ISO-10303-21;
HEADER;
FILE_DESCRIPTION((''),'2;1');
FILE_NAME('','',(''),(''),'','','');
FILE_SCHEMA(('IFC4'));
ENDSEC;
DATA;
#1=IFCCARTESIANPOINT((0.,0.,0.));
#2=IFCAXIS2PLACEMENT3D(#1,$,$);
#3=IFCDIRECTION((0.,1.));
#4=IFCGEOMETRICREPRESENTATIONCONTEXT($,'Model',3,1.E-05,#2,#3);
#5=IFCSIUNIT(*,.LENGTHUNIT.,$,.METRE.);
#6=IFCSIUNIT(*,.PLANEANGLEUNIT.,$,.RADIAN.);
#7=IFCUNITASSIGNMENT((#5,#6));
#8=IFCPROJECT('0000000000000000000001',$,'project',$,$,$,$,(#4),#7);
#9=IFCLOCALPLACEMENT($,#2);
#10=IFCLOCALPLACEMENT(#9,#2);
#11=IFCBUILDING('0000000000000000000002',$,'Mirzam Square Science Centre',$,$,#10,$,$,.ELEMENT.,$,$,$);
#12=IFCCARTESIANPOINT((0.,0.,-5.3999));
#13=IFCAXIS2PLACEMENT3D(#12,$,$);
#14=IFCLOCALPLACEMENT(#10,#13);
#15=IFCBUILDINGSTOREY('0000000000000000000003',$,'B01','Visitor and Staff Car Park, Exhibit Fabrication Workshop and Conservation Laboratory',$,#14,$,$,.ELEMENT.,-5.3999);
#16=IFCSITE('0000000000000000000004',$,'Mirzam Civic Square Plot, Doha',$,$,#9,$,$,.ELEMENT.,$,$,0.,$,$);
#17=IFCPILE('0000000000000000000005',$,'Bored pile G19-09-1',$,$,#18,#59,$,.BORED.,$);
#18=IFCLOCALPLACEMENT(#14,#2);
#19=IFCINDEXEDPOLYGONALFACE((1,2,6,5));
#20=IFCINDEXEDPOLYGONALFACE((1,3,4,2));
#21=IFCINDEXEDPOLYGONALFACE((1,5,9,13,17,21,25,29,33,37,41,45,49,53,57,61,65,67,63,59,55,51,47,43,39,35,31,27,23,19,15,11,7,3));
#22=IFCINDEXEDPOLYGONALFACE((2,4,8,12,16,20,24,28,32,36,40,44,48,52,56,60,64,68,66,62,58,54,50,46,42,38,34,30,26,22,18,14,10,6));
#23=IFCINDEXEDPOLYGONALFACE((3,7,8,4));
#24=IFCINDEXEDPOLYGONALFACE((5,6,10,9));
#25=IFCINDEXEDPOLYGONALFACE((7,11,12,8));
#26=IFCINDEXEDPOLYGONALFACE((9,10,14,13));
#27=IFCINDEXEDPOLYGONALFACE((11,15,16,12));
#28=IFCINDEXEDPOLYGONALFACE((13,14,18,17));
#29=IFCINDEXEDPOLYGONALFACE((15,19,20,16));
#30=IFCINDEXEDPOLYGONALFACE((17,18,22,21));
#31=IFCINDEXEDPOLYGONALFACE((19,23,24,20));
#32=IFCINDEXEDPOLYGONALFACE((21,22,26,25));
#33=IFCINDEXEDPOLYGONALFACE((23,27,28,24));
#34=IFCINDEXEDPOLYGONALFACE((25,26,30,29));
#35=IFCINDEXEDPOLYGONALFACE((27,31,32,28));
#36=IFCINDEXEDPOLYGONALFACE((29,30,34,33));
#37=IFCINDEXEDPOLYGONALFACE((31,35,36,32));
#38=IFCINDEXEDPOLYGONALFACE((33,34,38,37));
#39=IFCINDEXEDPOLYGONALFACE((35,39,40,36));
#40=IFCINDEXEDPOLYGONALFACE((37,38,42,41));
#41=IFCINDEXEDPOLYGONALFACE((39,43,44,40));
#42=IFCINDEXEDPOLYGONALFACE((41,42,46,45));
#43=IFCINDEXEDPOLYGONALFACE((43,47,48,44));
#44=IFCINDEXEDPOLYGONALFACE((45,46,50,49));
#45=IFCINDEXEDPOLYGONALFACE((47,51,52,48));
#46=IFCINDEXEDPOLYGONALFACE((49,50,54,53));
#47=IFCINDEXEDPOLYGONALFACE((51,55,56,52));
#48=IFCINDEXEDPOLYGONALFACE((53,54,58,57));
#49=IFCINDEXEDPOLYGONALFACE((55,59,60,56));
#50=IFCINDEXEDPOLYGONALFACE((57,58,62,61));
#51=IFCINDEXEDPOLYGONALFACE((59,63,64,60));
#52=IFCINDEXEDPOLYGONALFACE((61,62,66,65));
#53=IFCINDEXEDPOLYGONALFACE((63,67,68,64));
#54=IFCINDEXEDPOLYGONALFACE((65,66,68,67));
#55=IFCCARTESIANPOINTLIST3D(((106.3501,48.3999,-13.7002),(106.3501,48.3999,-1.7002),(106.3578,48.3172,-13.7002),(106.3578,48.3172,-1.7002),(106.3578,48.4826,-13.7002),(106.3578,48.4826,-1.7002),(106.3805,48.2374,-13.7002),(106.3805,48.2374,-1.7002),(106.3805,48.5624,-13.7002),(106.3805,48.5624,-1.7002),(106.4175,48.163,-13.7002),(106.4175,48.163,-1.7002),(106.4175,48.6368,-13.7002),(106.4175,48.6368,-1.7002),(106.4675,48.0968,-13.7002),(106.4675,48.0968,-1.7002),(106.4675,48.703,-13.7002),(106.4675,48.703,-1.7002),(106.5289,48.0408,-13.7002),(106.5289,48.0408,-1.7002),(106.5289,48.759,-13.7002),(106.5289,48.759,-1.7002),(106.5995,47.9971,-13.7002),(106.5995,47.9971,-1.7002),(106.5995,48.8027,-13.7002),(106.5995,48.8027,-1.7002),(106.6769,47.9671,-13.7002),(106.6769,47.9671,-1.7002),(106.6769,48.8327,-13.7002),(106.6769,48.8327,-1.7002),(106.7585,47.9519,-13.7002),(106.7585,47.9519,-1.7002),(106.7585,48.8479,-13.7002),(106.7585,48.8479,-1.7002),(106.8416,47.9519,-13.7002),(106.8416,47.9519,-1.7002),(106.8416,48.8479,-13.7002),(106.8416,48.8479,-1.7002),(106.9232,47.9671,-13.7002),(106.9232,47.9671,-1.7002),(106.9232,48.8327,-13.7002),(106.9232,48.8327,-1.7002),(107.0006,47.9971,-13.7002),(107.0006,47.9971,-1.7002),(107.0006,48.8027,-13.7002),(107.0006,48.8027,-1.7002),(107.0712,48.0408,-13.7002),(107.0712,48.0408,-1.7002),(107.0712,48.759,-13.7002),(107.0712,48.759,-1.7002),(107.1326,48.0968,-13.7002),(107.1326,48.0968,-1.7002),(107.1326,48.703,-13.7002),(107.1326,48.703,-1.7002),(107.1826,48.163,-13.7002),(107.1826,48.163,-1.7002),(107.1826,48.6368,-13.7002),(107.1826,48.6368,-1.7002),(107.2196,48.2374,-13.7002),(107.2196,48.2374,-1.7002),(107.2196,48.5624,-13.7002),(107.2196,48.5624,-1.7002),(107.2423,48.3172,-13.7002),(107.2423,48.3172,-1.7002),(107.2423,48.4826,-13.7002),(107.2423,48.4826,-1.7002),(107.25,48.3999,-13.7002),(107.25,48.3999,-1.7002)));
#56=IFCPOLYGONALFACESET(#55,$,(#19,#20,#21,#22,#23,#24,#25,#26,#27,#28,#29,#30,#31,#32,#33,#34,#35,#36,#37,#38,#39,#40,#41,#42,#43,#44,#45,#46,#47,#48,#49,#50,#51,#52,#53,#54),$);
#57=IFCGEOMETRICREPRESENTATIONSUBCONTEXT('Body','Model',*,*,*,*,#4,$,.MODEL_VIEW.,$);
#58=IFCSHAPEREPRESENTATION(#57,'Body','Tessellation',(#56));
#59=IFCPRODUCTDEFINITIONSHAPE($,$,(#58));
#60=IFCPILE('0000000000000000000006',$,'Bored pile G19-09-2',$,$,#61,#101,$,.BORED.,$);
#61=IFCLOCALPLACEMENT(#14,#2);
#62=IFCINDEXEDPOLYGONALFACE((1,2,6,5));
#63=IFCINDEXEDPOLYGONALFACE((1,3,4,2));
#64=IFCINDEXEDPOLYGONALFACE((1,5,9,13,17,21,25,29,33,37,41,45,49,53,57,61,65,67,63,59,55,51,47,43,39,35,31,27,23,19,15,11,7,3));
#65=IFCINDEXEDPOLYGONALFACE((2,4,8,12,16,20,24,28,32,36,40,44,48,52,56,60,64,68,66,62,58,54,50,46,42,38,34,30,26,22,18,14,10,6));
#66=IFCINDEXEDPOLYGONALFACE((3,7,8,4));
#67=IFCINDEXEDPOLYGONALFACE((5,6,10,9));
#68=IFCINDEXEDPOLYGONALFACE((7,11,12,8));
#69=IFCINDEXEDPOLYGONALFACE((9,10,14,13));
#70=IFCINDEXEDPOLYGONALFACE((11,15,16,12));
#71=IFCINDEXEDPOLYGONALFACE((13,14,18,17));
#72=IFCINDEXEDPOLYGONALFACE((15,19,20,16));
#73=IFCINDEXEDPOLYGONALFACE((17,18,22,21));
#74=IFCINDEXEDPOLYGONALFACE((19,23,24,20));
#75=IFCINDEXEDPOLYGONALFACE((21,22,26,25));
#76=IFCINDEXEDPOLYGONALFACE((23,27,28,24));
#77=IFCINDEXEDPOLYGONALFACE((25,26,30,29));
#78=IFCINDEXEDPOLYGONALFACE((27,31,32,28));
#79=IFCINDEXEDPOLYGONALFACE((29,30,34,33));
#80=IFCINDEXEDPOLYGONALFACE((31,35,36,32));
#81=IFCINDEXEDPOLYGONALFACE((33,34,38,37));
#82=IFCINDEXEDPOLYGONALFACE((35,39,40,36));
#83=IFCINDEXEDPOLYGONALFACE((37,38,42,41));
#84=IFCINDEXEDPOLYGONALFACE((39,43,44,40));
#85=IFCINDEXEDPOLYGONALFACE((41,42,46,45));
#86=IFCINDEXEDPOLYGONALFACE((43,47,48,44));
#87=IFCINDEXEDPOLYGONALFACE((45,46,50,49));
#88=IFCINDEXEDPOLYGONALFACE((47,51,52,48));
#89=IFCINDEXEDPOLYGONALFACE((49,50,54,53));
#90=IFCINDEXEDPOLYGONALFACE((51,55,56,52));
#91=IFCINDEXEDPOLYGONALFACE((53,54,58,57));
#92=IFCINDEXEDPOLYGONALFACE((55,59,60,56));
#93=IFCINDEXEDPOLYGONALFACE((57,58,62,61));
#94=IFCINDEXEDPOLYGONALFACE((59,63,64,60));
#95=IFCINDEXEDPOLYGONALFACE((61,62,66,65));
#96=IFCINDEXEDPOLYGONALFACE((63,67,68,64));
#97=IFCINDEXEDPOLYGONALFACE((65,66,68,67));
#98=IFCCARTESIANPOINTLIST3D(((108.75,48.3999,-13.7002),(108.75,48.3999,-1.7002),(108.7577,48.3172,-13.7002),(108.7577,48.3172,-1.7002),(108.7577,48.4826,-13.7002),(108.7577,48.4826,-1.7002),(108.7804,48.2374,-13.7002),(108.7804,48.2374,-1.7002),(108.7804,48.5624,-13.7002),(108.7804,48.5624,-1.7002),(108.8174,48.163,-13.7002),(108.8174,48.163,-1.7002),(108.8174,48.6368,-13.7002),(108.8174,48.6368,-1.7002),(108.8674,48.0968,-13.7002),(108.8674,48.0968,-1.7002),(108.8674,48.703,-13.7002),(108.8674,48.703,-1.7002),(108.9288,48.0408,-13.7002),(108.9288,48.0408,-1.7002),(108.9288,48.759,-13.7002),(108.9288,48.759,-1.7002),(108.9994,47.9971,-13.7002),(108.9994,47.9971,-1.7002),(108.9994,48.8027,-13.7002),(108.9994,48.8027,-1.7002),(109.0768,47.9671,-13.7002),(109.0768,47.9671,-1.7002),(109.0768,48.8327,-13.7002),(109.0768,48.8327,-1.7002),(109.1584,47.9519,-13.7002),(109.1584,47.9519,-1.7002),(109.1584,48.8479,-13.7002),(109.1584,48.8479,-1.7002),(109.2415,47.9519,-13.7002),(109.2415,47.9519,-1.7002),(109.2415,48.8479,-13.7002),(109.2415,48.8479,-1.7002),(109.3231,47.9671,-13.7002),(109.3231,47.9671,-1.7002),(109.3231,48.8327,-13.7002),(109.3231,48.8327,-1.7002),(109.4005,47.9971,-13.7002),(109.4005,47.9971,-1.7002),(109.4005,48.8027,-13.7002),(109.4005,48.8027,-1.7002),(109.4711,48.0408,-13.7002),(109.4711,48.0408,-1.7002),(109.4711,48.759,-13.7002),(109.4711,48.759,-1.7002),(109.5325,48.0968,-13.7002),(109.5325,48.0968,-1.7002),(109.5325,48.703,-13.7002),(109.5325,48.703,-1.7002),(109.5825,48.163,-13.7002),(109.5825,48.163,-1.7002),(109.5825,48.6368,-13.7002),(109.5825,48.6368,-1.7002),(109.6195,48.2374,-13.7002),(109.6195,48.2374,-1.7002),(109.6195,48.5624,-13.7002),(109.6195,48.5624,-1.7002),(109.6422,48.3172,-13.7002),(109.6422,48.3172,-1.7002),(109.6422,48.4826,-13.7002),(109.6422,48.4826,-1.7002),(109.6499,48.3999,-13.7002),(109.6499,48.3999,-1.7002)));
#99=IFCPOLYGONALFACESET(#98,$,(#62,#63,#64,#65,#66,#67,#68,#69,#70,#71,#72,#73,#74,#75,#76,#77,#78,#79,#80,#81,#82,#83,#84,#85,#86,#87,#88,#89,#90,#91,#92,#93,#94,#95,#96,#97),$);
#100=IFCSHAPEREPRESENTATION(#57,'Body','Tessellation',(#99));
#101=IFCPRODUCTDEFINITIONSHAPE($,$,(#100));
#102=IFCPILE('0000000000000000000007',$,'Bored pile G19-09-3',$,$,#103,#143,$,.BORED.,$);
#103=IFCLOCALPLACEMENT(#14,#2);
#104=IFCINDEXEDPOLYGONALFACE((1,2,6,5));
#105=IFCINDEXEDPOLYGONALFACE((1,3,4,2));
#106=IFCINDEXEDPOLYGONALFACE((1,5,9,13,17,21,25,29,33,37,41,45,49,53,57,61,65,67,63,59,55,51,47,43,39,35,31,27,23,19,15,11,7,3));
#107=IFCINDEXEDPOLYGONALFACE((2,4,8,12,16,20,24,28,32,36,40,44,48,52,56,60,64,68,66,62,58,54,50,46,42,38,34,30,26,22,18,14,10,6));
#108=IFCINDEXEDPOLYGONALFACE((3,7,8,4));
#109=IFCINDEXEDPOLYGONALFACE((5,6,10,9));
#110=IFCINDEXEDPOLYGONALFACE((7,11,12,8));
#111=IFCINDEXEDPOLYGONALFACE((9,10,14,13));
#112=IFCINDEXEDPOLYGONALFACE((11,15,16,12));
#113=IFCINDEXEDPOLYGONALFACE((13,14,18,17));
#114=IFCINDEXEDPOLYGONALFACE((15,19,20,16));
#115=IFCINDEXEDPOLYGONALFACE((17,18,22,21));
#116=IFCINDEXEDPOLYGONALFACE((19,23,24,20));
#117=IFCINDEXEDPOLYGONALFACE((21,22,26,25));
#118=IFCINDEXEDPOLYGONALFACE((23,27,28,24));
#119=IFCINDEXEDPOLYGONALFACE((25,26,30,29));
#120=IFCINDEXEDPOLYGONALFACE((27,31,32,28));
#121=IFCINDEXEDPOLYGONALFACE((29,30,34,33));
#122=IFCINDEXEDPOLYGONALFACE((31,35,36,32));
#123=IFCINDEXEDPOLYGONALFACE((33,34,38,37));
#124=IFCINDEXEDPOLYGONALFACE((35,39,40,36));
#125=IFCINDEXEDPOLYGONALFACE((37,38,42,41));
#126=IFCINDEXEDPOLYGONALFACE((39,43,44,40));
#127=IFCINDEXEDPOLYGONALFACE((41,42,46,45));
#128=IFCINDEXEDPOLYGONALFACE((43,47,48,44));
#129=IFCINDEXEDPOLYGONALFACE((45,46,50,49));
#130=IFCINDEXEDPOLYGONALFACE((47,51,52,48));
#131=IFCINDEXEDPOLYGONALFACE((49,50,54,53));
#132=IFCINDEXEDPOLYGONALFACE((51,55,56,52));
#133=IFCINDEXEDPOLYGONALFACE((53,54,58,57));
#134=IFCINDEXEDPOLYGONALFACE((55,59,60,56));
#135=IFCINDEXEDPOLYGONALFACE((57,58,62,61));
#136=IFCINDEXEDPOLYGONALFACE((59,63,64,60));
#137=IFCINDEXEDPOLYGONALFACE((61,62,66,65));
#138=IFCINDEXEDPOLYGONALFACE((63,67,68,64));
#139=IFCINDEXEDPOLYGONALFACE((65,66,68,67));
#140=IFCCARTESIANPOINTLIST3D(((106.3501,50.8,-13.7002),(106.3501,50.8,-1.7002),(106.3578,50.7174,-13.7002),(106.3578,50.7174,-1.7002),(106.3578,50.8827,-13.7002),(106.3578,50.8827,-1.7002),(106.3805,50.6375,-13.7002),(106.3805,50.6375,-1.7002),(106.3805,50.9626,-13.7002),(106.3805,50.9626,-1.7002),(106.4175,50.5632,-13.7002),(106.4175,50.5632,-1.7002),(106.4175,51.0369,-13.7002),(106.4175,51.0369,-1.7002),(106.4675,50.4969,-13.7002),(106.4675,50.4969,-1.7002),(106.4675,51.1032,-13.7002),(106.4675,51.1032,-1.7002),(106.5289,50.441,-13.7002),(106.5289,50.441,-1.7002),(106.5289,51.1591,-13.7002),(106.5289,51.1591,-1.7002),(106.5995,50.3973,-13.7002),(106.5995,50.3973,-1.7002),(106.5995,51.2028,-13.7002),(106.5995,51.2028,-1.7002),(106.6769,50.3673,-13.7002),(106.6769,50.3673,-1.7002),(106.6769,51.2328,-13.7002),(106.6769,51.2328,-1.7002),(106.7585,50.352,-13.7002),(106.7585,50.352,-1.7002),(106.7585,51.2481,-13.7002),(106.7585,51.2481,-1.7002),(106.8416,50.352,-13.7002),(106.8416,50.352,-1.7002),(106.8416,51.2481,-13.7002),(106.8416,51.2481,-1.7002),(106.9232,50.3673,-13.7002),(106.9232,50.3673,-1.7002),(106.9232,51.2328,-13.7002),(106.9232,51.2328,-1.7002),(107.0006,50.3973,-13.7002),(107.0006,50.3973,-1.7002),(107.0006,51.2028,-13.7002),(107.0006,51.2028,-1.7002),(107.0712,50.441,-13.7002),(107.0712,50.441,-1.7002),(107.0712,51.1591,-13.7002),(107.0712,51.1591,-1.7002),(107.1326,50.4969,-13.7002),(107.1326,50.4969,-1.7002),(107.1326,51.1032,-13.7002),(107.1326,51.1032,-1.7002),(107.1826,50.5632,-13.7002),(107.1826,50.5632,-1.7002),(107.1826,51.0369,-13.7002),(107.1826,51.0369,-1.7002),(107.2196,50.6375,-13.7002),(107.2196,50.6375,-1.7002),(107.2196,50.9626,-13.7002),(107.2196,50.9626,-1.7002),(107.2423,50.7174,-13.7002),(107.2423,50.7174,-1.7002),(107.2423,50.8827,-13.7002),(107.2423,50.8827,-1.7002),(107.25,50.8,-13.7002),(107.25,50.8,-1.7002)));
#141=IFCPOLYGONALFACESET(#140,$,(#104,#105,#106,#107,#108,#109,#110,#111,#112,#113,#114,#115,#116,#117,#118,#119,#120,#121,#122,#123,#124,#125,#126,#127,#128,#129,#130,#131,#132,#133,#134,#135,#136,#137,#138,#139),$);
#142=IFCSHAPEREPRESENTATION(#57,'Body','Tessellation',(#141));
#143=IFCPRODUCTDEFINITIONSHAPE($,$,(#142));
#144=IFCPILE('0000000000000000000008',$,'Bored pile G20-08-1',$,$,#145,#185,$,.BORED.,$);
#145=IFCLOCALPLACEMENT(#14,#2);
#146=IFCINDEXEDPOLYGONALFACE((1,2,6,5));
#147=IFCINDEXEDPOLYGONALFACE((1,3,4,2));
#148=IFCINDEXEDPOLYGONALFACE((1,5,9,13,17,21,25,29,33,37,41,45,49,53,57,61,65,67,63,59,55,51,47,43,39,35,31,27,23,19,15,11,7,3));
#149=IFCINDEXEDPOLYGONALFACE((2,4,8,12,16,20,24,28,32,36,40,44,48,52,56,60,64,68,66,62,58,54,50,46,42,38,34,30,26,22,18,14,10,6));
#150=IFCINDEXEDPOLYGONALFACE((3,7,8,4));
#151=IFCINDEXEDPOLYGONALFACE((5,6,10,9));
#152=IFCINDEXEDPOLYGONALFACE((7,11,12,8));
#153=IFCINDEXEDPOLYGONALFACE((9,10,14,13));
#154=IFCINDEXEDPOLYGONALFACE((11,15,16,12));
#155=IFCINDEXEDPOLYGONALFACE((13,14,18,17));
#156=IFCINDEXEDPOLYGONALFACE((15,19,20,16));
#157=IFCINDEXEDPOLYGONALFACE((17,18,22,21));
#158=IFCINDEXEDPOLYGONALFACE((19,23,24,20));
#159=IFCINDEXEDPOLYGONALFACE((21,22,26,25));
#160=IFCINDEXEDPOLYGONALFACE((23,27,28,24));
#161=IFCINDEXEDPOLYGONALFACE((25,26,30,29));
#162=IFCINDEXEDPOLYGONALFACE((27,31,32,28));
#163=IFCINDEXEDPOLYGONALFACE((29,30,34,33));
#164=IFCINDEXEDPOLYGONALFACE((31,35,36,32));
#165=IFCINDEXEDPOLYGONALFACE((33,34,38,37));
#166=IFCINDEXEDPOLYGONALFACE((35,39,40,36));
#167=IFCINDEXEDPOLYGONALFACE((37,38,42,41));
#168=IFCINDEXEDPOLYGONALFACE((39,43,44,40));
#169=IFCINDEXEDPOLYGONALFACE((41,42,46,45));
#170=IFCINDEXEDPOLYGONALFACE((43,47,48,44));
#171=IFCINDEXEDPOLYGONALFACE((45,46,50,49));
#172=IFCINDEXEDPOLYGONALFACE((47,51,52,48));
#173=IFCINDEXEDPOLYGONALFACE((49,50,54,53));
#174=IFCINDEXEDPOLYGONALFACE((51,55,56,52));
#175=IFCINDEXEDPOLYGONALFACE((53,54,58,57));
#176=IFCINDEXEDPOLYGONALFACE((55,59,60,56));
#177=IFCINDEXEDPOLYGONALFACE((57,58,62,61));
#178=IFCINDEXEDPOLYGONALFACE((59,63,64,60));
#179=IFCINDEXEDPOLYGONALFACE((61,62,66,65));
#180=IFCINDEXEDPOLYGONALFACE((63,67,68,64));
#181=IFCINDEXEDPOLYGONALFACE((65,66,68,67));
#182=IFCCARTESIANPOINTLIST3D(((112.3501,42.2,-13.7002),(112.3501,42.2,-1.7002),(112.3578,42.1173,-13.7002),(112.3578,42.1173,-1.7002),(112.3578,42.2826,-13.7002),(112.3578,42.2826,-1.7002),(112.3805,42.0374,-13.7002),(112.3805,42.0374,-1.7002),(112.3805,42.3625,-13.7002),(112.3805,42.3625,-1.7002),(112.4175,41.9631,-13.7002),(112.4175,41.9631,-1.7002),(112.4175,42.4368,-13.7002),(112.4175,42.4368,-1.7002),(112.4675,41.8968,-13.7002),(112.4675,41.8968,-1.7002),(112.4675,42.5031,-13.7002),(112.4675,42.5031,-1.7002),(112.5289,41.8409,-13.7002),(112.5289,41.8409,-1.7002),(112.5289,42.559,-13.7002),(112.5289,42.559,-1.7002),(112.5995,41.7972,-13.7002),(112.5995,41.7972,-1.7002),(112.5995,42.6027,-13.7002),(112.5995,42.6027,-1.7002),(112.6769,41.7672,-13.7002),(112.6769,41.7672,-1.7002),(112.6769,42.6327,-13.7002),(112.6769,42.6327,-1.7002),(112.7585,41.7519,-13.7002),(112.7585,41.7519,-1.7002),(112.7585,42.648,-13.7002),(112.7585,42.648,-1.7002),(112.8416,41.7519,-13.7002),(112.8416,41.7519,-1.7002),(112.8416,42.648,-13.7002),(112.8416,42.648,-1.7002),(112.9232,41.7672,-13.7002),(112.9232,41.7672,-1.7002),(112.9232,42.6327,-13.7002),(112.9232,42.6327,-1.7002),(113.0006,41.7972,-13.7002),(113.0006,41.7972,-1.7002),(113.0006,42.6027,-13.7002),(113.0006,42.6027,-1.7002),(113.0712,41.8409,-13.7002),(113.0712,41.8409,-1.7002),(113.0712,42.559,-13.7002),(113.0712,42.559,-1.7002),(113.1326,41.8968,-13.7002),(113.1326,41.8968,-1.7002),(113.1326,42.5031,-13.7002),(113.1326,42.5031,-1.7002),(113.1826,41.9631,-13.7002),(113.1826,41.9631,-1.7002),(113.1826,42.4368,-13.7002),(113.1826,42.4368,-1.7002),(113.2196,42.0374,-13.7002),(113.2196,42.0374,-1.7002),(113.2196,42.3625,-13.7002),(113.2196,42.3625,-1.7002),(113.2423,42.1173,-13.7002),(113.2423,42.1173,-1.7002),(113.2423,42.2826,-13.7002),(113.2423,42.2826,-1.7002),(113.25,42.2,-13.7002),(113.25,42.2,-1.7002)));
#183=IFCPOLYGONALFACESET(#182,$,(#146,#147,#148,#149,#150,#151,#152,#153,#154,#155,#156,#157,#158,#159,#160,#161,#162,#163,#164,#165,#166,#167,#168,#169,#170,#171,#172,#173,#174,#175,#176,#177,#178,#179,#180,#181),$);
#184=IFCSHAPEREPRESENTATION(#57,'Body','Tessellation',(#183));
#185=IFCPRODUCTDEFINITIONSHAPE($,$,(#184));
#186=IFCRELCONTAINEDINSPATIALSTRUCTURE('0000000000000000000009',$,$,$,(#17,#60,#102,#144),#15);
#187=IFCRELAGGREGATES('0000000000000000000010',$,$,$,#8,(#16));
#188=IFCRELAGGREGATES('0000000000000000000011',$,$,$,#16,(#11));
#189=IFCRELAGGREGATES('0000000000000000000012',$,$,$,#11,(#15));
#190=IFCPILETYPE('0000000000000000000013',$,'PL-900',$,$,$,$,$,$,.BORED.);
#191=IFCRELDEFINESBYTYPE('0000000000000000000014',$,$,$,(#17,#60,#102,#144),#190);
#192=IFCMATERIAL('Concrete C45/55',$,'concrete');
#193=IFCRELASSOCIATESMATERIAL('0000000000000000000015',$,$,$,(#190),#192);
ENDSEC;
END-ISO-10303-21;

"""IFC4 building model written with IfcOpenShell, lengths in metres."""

from ifc_helpers import new_model, si_unit, direction, frame, origin, origin_2d, place, context, subcontext, project, spatial, circle, extrude, material, material_profile, profile_set, type_object, element, save


model = new_model("IFC4")

# Units and contexts
model_context = context("Model", 3, precision=1e-05, world=origin(), true_north=direction((0.0, 1.0)))
body_context = subcontext(model_context, "Body", "Model", "MODEL_VIEW")
ifc_project = project(units=[si_unit("LENGTHUNIT", "METRE"), si_unit("PLANEANGLEUNIT", "RADIAN")], contexts=[model_context])

# Site, building, storey
site_placement = place(None, origin())
site = spatial("IfcSite", under=ifc_project, at=site_placement, Name="Mirzam Civic Square Plot, Doha", CompositionType="ELEMENT", RefElevation=0.0)
building_placement = place(site_placement, origin())
building = spatial("IfcBuilding", under=site, at=building_placement, Name="Mirzam Square Science Centre", CompositionType="ELEMENT")
storey_placement = place(building_placement, frame((0.0, 0.0, -5.3999)))
storey = spatial("IfcBuildingStorey", under=building, at=storey_placement, Name="B01", Description="Visitor and Staff Car Park, Exhibit Fabrication Workshop and Conservation Laboratory", CompositionType="ELEMENT", Elevation=-5.3999)

# Shared definitions
ifc_material_1 = material(Name="Concrete C45/55", Category="concrete")

# Piles
ifc_material_profile_1 = material_profile(ifc_material_1, circle(Radius=0.45, at=origin_2d()), Name="PILE-D900")
ifc_profile_set_1 = profile_set([ifc_material_profile_1], Name="Concrete C45/55")
pile_type_1 = type_object("IfcPileType", Name="PL-900", PredefinedType="BORED", material=ifc_profile_set_1)
for number, where, z_axis, x_axis, name in (
    (1, (106.8, 48.3999, -1.7002), (0.0, 0.0, -1.0), (1.0, 0.0, 0.0), "Bored pile G19-09-1"),
    (2, (109.2, 48.3999, -1.7002), (0.0, 0.0, -1.0), (1.0, 0.0, 0.0), "Bored pile G19-09-2"),
    (3, (106.8, 50.8, -1.7002), (0.0, 0.0, -1.0), (1.0, 0.0, 0.0), "Bored pile G19-09-3"),
    (4, (112.8, 42.2, -1.7002), (0.0, 0.0, -1.0), (1.0, 0.0, 0.0), "Bored pile G20-08-1"),
):
    element("IfcPile", number, at=place(storey_placement, frame(where, z_axis=z_axis, x_axis=x_axis)), inside=storey, type_object=pile_type_1, Name=name, PredefinedType="BORED", context=body_context, shape_type="SweptSolid", body=[
        extrude(circle(Radius=0.45, at=origin_2d()), origin(), (0.0, 0.0, 1.0), 12.0),
    ])

save(model, "model.ifc")
